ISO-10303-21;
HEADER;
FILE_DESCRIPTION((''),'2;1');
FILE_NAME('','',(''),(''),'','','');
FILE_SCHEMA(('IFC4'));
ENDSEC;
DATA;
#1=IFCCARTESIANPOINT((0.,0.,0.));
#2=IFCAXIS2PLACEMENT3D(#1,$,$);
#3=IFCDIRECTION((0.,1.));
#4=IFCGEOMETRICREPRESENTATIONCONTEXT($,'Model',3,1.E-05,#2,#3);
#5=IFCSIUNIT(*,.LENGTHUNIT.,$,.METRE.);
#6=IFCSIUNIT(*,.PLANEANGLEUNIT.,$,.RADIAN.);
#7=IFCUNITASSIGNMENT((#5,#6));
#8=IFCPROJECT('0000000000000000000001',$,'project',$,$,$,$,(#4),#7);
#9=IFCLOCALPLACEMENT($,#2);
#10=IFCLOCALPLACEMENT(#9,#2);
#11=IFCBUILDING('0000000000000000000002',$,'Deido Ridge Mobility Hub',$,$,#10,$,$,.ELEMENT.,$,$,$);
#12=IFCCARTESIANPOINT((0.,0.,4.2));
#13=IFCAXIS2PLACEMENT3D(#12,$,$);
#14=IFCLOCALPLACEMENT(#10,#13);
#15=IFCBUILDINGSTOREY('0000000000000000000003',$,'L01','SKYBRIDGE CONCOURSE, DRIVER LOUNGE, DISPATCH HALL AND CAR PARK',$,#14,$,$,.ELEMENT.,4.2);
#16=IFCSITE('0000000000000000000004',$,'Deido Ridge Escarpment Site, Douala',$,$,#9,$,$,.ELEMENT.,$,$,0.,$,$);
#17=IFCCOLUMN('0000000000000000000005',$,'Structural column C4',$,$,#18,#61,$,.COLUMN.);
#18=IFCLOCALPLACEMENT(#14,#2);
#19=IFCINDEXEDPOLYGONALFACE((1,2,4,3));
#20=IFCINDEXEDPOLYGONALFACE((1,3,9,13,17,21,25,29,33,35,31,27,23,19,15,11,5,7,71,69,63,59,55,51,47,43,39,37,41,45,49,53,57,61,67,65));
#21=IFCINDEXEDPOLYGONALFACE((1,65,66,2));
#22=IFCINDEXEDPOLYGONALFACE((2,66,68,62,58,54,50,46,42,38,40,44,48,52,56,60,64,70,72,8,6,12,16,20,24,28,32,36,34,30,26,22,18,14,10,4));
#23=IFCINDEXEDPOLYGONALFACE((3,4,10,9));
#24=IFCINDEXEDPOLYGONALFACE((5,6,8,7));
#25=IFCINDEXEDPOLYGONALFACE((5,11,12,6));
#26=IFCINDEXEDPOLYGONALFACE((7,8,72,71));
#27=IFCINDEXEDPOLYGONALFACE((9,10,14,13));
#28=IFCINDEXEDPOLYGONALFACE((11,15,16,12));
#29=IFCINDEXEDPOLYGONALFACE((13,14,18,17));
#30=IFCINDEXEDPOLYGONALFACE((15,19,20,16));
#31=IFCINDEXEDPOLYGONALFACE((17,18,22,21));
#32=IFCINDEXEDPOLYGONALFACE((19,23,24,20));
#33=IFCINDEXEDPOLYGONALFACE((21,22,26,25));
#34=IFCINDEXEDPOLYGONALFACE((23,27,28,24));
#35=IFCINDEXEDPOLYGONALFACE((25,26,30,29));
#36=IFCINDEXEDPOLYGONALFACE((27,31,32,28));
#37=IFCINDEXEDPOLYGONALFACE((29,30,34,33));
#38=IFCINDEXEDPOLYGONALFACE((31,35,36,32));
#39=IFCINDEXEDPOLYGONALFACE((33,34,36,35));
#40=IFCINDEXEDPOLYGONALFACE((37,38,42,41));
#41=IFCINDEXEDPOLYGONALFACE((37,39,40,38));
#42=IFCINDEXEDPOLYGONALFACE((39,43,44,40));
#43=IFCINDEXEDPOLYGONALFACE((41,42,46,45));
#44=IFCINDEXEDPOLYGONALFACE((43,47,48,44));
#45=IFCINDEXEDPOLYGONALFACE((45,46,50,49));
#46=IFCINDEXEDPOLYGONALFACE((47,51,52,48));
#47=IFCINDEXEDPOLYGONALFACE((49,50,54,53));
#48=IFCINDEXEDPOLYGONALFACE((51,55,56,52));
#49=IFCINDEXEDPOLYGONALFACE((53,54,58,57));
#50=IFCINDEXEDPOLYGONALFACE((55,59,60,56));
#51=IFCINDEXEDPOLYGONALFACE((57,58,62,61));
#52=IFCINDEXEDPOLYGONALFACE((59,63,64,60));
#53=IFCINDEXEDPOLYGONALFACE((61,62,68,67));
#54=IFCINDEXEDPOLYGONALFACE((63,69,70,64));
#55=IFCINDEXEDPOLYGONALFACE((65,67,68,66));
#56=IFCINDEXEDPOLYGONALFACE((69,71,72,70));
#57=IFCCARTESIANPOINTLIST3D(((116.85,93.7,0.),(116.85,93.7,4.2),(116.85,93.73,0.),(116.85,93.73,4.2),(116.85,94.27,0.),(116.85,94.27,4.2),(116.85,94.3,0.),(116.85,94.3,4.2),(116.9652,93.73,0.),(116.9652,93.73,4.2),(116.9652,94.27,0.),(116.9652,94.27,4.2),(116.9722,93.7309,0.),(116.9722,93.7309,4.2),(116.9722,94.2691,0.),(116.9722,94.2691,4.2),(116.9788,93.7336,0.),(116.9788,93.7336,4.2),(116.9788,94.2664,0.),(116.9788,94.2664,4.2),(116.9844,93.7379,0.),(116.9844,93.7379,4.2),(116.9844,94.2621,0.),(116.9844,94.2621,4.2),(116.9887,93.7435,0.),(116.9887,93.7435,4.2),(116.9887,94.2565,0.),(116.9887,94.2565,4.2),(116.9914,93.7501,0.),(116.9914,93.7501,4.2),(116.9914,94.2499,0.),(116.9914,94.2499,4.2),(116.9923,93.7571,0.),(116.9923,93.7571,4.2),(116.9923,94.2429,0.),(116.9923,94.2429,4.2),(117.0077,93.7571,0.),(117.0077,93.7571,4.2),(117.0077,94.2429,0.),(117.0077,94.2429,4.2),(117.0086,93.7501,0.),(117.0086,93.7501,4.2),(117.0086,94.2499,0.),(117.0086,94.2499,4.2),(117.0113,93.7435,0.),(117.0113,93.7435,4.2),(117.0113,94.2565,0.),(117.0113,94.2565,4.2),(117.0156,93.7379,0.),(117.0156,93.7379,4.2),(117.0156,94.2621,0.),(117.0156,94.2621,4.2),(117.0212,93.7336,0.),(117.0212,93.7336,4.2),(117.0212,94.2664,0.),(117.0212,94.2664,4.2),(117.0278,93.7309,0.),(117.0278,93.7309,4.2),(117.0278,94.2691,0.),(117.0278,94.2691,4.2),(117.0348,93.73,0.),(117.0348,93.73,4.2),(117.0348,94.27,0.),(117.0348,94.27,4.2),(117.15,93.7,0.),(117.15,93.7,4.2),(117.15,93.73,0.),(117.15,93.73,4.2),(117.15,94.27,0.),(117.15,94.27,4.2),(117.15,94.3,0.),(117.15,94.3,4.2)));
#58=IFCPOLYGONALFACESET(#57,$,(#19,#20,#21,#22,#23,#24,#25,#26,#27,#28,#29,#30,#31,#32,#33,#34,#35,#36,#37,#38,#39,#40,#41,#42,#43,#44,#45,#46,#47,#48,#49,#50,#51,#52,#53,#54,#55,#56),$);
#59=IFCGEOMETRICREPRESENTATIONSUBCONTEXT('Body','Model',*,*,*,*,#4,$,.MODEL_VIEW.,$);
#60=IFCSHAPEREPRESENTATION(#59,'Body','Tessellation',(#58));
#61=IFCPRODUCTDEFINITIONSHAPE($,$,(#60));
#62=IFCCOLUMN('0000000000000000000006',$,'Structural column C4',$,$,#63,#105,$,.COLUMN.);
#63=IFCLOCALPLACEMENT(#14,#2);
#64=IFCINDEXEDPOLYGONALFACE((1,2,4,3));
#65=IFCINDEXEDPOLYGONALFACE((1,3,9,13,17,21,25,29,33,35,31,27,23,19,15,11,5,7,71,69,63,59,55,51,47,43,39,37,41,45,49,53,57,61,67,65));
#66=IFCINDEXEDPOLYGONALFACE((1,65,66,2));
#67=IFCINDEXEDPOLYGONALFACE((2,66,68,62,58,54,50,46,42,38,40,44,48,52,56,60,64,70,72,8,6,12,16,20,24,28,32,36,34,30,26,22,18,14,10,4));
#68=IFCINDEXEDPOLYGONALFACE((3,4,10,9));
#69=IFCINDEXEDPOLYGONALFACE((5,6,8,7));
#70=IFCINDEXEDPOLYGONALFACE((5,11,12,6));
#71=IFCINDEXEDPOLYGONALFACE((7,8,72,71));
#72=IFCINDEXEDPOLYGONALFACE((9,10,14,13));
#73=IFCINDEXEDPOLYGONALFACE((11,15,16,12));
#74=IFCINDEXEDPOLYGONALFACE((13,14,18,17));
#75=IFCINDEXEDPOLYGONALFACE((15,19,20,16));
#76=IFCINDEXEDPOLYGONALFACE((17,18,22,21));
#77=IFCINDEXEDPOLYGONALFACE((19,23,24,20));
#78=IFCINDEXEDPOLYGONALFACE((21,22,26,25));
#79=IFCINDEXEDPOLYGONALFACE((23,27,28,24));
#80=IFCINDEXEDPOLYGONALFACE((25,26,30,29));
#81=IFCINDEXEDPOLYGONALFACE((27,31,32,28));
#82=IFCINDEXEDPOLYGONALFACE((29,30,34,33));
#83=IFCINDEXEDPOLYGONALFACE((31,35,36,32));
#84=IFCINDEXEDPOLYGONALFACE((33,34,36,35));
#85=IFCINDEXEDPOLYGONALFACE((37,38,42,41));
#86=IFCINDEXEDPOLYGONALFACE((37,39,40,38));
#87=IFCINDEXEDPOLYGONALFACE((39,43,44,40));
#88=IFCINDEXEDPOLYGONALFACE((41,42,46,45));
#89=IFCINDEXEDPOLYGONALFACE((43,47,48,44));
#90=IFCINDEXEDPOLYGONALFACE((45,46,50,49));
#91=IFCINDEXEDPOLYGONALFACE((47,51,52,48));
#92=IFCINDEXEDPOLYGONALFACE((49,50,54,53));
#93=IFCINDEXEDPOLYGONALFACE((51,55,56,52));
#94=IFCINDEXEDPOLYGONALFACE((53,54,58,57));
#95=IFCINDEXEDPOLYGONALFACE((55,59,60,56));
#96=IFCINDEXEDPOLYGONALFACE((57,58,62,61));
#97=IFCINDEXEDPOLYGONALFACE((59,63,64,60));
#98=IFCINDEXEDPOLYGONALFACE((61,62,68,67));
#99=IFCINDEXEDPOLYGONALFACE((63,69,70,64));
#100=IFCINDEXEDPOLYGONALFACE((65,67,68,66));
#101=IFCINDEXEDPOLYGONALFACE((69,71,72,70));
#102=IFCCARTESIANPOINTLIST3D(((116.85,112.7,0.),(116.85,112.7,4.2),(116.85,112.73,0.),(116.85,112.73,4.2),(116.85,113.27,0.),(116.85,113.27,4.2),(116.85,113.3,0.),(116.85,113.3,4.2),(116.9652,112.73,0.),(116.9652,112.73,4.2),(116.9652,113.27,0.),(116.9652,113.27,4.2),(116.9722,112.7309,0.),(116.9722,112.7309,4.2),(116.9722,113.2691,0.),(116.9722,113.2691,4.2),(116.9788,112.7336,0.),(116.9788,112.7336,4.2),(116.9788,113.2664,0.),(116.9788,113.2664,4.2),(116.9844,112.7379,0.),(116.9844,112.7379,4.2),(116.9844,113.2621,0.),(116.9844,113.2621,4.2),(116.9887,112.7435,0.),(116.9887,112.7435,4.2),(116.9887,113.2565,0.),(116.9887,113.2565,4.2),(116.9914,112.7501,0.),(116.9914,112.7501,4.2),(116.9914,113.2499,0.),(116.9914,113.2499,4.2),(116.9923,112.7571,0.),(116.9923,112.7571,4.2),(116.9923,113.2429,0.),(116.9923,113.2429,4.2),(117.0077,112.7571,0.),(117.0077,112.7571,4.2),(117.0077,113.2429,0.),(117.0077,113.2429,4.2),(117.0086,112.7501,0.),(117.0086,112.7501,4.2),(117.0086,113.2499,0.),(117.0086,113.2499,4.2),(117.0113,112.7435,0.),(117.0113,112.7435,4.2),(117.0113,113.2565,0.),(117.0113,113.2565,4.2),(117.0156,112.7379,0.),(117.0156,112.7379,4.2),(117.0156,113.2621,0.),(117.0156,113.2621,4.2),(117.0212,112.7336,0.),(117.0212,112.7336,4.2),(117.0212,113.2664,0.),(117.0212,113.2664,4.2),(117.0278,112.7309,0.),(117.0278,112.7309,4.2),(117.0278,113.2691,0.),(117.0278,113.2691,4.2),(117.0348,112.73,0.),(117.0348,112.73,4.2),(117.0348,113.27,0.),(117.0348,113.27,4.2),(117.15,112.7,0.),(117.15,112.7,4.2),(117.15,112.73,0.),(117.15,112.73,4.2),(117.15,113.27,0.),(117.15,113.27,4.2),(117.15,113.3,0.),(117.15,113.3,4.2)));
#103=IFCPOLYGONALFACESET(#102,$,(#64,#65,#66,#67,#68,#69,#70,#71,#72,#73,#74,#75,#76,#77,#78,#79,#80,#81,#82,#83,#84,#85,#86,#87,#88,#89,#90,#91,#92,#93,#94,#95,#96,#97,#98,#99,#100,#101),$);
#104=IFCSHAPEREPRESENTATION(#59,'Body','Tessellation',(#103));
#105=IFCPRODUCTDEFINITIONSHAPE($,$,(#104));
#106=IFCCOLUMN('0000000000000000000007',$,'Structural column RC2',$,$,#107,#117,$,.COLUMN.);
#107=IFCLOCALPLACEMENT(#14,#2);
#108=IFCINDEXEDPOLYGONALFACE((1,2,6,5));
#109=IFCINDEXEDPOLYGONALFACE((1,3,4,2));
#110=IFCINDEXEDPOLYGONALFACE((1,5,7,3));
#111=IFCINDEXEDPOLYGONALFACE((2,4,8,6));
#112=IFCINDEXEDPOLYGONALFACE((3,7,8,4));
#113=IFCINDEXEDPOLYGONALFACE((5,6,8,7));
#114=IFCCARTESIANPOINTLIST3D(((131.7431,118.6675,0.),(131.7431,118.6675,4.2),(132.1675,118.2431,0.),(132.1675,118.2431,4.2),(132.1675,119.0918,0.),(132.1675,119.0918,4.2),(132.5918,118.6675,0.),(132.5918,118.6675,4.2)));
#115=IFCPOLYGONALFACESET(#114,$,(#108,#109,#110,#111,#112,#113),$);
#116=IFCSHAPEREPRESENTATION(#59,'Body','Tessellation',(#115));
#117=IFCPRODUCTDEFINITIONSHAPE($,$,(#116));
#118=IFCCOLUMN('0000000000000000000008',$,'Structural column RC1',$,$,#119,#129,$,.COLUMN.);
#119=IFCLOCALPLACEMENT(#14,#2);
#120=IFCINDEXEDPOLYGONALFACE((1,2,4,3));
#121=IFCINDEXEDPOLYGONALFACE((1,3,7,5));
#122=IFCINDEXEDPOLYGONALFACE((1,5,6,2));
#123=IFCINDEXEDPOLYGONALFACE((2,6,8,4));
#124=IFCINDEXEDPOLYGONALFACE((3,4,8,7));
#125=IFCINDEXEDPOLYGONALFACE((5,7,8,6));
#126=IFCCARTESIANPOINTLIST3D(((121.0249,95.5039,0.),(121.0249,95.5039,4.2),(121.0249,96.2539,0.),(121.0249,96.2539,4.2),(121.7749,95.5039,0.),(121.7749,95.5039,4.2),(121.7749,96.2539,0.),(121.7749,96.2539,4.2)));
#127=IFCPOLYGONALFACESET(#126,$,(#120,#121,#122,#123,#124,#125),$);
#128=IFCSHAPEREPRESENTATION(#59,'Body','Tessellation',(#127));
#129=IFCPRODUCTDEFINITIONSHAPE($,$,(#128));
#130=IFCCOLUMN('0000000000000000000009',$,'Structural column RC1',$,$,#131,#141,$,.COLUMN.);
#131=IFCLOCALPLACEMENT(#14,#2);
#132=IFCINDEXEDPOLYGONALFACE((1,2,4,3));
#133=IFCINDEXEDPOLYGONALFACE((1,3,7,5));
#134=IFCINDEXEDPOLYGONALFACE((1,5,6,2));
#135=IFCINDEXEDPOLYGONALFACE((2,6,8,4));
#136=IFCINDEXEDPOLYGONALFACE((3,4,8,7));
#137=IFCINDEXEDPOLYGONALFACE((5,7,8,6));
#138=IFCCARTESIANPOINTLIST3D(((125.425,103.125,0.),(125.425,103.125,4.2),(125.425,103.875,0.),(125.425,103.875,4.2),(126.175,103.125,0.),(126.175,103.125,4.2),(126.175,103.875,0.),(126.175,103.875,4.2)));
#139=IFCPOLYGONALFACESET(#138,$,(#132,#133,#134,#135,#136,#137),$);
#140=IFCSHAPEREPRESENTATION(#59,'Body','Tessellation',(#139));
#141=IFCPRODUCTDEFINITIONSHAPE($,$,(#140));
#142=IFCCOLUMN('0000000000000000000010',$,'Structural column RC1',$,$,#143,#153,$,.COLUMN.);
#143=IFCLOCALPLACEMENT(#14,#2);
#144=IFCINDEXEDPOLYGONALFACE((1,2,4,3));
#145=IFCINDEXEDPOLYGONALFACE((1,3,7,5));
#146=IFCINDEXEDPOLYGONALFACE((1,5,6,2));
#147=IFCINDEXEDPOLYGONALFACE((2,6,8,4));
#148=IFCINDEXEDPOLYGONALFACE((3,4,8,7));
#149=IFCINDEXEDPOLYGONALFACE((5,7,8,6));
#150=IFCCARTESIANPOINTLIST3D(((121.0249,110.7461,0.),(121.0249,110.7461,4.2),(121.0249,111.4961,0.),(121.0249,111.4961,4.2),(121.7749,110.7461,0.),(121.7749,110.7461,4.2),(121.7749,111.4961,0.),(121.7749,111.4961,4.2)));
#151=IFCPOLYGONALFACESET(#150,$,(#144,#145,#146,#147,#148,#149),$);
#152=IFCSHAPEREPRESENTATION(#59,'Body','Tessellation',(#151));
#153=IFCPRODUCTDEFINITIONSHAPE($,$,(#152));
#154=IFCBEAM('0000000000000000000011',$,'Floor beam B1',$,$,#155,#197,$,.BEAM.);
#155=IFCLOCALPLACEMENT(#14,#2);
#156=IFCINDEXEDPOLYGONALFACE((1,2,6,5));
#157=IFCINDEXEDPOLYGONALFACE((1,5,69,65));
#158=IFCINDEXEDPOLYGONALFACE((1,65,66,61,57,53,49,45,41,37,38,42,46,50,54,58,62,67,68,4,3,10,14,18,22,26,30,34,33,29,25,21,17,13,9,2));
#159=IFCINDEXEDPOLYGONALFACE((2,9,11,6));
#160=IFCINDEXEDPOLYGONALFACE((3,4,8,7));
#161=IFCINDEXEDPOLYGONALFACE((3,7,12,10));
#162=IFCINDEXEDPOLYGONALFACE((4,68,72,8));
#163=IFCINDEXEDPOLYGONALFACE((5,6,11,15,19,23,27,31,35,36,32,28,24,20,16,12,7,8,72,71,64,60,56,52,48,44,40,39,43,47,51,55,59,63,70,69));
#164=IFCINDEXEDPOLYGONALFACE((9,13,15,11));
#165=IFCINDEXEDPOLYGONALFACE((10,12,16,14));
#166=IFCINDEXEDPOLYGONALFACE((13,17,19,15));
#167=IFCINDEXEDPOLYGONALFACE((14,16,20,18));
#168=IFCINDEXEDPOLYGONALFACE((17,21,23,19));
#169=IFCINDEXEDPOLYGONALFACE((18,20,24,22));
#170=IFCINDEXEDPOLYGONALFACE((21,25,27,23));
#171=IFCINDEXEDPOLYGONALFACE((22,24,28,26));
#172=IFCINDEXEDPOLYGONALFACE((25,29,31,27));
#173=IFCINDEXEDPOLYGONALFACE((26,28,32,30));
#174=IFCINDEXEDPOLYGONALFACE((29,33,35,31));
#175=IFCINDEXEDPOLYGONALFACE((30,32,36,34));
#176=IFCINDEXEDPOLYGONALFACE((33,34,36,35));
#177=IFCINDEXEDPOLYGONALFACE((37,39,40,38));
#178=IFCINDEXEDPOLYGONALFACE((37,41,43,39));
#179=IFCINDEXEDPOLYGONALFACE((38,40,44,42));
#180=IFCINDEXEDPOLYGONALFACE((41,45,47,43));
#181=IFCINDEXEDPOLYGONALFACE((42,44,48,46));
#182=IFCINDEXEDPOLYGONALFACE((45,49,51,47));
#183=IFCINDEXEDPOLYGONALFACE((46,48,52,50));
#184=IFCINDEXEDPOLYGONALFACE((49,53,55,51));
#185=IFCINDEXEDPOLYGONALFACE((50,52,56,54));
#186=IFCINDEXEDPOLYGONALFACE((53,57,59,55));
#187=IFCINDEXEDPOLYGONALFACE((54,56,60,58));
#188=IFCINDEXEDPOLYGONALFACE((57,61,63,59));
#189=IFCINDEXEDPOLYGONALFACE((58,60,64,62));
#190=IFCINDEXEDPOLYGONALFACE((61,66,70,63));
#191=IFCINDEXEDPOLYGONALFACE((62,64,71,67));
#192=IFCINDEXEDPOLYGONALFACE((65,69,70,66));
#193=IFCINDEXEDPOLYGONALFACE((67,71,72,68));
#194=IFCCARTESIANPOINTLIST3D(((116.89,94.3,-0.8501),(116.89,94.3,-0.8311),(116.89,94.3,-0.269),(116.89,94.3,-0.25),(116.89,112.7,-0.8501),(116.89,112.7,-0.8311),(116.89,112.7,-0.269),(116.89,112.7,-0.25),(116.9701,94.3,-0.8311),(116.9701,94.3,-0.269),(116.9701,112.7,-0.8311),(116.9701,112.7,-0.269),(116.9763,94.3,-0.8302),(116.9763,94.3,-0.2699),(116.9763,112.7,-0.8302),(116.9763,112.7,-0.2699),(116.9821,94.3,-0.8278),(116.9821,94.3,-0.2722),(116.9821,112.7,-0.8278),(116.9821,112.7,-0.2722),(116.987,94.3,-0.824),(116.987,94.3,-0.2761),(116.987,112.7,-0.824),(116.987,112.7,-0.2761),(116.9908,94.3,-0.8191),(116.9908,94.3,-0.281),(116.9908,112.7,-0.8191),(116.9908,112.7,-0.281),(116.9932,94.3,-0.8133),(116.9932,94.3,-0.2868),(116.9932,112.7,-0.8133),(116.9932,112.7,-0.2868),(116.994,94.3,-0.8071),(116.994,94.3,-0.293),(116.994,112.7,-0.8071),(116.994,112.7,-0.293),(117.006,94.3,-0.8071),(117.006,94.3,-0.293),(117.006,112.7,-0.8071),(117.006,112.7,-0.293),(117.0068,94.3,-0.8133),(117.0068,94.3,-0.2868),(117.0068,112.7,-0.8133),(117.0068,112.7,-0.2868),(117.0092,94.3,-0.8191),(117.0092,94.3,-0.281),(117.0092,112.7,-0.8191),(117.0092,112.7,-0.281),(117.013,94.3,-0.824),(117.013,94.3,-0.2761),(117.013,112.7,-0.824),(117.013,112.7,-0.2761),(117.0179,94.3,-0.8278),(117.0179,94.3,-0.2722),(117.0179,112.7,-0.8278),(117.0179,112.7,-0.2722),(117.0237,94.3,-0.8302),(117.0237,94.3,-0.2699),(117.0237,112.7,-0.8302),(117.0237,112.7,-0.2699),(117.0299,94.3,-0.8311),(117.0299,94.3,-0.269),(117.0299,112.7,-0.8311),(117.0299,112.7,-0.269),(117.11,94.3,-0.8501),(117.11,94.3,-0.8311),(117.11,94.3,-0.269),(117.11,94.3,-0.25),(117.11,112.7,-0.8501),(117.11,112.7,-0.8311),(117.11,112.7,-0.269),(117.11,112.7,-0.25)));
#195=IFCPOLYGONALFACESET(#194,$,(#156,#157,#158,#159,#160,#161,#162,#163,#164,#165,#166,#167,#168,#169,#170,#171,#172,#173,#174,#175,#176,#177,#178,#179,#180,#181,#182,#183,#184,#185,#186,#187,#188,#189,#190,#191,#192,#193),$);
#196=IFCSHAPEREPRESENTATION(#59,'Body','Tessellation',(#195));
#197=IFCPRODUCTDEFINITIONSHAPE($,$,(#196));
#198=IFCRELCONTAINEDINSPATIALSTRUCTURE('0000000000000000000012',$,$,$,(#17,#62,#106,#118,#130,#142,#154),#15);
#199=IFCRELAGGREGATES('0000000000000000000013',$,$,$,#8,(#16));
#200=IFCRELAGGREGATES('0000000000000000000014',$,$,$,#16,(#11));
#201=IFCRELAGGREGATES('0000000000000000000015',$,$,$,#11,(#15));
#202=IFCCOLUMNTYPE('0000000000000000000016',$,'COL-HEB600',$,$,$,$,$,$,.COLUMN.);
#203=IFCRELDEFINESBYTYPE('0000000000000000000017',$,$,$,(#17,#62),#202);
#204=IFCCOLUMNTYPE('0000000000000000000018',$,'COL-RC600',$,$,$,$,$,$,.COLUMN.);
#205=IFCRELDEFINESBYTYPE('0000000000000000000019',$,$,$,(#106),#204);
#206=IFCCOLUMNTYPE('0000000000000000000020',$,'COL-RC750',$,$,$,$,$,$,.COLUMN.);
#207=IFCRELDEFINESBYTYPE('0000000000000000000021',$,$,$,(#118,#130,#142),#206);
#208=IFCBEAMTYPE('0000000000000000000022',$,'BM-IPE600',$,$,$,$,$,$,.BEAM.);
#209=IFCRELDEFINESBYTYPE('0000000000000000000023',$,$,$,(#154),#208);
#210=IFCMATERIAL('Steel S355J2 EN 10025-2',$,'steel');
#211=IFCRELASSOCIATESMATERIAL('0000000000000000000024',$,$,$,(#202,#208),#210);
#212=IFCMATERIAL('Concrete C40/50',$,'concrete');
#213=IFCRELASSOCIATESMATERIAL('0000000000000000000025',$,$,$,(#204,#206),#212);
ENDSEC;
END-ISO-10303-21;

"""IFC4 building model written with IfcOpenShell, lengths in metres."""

from ifc_helpers import new_model, si_unit, direction, frame, origin, origin_2d, place, context, subcontext, project, spatial, rectangle, i_section, extrude, material, material_profile, profile_set, type_object, element, save


model = new_model("IFC4")

# Units and contexts
model_context = context("Model", 3, precision=1e-05, world=origin(), true_north=direction((0.0, 1.0)))
body_context = subcontext(model_context, "Body", "Model", "MODEL_VIEW")
ifc_project = project(units=[si_unit("LENGTHUNIT", "METRE"), si_unit("PLANEANGLEUNIT", "RADIAN")], contexts=[model_context])

# Site, building, storey
site_placement = place(None, origin())
site = spatial("IfcSite", under=ifc_project, at=site_placement, Name="Deido Ridge Escarpment Site, Douala", CompositionType="ELEMENT", RefElevation=0.0)
building_placement = place(site_placement, origin())
building = spatial("IfcBuilding", under=site, at=building_placement, Name="Deido Ridge Mobility Hub", CompositionType="ELEMENT")
storey_placement = place(building_placement, frame((0.0, 0.0, 4.2)))
storey = spatial("IfcBuildingStorey", under=building, at=storey_placement, Name="L01", Description="SKYBRIDGE CONCOURSE, DRIVER LOUNGE, DISPATCH HALL AND CAR PARK", CompositionType="ELEMENT", Elevation=4.2)

# Columns
ifc_material_1 = material(Name="Steel S355J2 EN 10025-2", Category="steel")
ifc_material_profile_1 = material_profile(ifc_material_1, i_section(OverallWidth=0.3, OverallDepth=0.6001, WebThickness=0.0154, FlangeThickness=0.03, FilletRadius=0.0271, at=origin_2d()), Name="HEB 600")
ifc_profile_set_1 = profile_set([ifc_material_profile_1], Name="Steel S355J2 EN 10025-2")
column_type_1 = type_object("IfcColumnType", Name="COL-HEB600", PredefinedType="COLUMN", material=ifc_profile_set_1)
for number, where, z_axis, x_axis, name in (
    (1, (117.0, 94.0, 0.0), (0.0, 0.0, 1.0), (1.0, 0.0, 0.0), "Structural column C4"),
    (2, (117.0, 113.0, 0.0), (0.0, 0.0, 1.0), (1.0, 0.0, 0.0), "Structural column C4"),
):
    element("IfcColumn", number, at=place(storey_placement, frame(where, z_axis=z_axis, x_axis=x_axis)), inside=storey, type_object=column_type_1, Name=name, PredefinedType="COLUMN", context=body_context, shape_type="SweptSolid", body=[
        extrude(i_section(OverallWidth=0.3, OverallDepth=0.6001, WebThickness=0.0154, FlangeThickness=0.03, FilletRadius=0.0271, at=origin_2d()), origin(), (0.0, 0.0, 1.0), 4.2),
    ])
ifc_material_2 = material(Name="Concrete C40/50", Category="concrete")
ifc_material_profile_2 = material_profile(ifc_material_2, rectangle(XDim=0.6001, YDim=0.6001, at=origin_2d()), Name="RC COL 600x600")
ifc_profile_set_2 = profile_set([ifc_material_profile_2], Name="Concrete C40/50")
column_type_2 = type_object("IfcColumnType", Name="COL-RC600", PredefinedType="COLUMN", material=ifc_profile_set_2)
column_placement = place(storey_placement, frame((132.1675, 118.6675, 0.0), z_axis=(0.0, 0.0, 1.0), x_axis=(0.707107, 0.707107, 0.0)))
element("IfcColumn", 3, at=column_placement, inside=storey, type_object=column_type_2, Name="Structural column RC2", PredefinedType="COLUMN", context=body_context, shape_type="SweptSolid", body=[
    extrude(rectangle(XDim=0.6001, YDim=0.6001, at=origin_2d()), origin(), (0.0, 0.0, 1.0), 4.2),
])
ifc_material_profile_3 = material_profile(ifc_material_2, rectangle(XDim=0.75, YDim=0.75, at=origin_2d()), Name="RC COL 750x750")
ifc_profile_set_3 = profile_set([ifc_material_profile_3], Name="Concrete C40/50")
column_type_3 = type_object("IfcColumnType", Name="COL-RC750", PredefinedType="COLUMN", material=ifc_profile_set_3)
for number, where, z_axis, x_axis, name in (
    (4, (121.3999, 95.8789, 0.0), (0.0, 0.0, 1.0), (1.0, 0.0, 0.0), "Structural column RC1"),
    (5, (125.8, 103.5, 0.0), (0.0, 0.0, 1.0), (1.0, 0.0, 0.0), "Structural column RC1"),
    (6, (121.3999, 111.1211, 0.0), (0.0, 0.0, 1.0), (1.0, 0.0, 0.0), "Structural column RC1"),
):
    element("IfcColumn", number, at=place(storey_placement, frame(where, z_axis=z_axis, x_axis=x_axis)), inside=storey, type_object=column_type_3, Name=name, PredefinedType="COLUMN", context=body_context, shape_type="SweptSolid", body=[
        extrude(rectangle(XDim=0.75, YDim=0.75, at=origin_2d()), origin(), (0.0, 0.0, 1.0), 4.2),
    ])

# Beam
ifc_material_profile_4 = material_profile(ifc_material_1, i_section(OverallWidth=0.22, OverallDepth=0.6001, WebThickness=0.012, FlangeThickness=0.019, FilletRadius=0.0239, at=origin_2d()), Name="IPE 600")
ifc_profile_set_4 = profile_set([ifc_material_profile_4], Name="Steel S355J2 EN 10025-2")
beam_type_1 = type_object("IfcBeamType", Name="BM-IPE600", PredefinedType="BEAM", material=ifc_profile_set_4)
beam_1_placement = place(storey_placement, frame((117.0, 94.3, -0.55), z_axis=(0.0, 1.0, 0.0), x_axis=(-1.0, 0.0, 0.0)))
element("IfcBeam", 7, at=beam_1_placement, inside=storey, type_object=beam_type_1, Name="Floor beam B1", PredefinedType="BEAM", context=body_context, shape_type="SweptSolid", body=[
    extrude(i_section(OverallWidth=0.22, OverallDepth=0.6001, WebThickness=0.012, FlangeThickness=0.019, FilletRadius=0.0239, at=origin_2d()), origin(), (0.0, 0.0, 1.0), 18.3999),
])

save(model, "model.ifc")
